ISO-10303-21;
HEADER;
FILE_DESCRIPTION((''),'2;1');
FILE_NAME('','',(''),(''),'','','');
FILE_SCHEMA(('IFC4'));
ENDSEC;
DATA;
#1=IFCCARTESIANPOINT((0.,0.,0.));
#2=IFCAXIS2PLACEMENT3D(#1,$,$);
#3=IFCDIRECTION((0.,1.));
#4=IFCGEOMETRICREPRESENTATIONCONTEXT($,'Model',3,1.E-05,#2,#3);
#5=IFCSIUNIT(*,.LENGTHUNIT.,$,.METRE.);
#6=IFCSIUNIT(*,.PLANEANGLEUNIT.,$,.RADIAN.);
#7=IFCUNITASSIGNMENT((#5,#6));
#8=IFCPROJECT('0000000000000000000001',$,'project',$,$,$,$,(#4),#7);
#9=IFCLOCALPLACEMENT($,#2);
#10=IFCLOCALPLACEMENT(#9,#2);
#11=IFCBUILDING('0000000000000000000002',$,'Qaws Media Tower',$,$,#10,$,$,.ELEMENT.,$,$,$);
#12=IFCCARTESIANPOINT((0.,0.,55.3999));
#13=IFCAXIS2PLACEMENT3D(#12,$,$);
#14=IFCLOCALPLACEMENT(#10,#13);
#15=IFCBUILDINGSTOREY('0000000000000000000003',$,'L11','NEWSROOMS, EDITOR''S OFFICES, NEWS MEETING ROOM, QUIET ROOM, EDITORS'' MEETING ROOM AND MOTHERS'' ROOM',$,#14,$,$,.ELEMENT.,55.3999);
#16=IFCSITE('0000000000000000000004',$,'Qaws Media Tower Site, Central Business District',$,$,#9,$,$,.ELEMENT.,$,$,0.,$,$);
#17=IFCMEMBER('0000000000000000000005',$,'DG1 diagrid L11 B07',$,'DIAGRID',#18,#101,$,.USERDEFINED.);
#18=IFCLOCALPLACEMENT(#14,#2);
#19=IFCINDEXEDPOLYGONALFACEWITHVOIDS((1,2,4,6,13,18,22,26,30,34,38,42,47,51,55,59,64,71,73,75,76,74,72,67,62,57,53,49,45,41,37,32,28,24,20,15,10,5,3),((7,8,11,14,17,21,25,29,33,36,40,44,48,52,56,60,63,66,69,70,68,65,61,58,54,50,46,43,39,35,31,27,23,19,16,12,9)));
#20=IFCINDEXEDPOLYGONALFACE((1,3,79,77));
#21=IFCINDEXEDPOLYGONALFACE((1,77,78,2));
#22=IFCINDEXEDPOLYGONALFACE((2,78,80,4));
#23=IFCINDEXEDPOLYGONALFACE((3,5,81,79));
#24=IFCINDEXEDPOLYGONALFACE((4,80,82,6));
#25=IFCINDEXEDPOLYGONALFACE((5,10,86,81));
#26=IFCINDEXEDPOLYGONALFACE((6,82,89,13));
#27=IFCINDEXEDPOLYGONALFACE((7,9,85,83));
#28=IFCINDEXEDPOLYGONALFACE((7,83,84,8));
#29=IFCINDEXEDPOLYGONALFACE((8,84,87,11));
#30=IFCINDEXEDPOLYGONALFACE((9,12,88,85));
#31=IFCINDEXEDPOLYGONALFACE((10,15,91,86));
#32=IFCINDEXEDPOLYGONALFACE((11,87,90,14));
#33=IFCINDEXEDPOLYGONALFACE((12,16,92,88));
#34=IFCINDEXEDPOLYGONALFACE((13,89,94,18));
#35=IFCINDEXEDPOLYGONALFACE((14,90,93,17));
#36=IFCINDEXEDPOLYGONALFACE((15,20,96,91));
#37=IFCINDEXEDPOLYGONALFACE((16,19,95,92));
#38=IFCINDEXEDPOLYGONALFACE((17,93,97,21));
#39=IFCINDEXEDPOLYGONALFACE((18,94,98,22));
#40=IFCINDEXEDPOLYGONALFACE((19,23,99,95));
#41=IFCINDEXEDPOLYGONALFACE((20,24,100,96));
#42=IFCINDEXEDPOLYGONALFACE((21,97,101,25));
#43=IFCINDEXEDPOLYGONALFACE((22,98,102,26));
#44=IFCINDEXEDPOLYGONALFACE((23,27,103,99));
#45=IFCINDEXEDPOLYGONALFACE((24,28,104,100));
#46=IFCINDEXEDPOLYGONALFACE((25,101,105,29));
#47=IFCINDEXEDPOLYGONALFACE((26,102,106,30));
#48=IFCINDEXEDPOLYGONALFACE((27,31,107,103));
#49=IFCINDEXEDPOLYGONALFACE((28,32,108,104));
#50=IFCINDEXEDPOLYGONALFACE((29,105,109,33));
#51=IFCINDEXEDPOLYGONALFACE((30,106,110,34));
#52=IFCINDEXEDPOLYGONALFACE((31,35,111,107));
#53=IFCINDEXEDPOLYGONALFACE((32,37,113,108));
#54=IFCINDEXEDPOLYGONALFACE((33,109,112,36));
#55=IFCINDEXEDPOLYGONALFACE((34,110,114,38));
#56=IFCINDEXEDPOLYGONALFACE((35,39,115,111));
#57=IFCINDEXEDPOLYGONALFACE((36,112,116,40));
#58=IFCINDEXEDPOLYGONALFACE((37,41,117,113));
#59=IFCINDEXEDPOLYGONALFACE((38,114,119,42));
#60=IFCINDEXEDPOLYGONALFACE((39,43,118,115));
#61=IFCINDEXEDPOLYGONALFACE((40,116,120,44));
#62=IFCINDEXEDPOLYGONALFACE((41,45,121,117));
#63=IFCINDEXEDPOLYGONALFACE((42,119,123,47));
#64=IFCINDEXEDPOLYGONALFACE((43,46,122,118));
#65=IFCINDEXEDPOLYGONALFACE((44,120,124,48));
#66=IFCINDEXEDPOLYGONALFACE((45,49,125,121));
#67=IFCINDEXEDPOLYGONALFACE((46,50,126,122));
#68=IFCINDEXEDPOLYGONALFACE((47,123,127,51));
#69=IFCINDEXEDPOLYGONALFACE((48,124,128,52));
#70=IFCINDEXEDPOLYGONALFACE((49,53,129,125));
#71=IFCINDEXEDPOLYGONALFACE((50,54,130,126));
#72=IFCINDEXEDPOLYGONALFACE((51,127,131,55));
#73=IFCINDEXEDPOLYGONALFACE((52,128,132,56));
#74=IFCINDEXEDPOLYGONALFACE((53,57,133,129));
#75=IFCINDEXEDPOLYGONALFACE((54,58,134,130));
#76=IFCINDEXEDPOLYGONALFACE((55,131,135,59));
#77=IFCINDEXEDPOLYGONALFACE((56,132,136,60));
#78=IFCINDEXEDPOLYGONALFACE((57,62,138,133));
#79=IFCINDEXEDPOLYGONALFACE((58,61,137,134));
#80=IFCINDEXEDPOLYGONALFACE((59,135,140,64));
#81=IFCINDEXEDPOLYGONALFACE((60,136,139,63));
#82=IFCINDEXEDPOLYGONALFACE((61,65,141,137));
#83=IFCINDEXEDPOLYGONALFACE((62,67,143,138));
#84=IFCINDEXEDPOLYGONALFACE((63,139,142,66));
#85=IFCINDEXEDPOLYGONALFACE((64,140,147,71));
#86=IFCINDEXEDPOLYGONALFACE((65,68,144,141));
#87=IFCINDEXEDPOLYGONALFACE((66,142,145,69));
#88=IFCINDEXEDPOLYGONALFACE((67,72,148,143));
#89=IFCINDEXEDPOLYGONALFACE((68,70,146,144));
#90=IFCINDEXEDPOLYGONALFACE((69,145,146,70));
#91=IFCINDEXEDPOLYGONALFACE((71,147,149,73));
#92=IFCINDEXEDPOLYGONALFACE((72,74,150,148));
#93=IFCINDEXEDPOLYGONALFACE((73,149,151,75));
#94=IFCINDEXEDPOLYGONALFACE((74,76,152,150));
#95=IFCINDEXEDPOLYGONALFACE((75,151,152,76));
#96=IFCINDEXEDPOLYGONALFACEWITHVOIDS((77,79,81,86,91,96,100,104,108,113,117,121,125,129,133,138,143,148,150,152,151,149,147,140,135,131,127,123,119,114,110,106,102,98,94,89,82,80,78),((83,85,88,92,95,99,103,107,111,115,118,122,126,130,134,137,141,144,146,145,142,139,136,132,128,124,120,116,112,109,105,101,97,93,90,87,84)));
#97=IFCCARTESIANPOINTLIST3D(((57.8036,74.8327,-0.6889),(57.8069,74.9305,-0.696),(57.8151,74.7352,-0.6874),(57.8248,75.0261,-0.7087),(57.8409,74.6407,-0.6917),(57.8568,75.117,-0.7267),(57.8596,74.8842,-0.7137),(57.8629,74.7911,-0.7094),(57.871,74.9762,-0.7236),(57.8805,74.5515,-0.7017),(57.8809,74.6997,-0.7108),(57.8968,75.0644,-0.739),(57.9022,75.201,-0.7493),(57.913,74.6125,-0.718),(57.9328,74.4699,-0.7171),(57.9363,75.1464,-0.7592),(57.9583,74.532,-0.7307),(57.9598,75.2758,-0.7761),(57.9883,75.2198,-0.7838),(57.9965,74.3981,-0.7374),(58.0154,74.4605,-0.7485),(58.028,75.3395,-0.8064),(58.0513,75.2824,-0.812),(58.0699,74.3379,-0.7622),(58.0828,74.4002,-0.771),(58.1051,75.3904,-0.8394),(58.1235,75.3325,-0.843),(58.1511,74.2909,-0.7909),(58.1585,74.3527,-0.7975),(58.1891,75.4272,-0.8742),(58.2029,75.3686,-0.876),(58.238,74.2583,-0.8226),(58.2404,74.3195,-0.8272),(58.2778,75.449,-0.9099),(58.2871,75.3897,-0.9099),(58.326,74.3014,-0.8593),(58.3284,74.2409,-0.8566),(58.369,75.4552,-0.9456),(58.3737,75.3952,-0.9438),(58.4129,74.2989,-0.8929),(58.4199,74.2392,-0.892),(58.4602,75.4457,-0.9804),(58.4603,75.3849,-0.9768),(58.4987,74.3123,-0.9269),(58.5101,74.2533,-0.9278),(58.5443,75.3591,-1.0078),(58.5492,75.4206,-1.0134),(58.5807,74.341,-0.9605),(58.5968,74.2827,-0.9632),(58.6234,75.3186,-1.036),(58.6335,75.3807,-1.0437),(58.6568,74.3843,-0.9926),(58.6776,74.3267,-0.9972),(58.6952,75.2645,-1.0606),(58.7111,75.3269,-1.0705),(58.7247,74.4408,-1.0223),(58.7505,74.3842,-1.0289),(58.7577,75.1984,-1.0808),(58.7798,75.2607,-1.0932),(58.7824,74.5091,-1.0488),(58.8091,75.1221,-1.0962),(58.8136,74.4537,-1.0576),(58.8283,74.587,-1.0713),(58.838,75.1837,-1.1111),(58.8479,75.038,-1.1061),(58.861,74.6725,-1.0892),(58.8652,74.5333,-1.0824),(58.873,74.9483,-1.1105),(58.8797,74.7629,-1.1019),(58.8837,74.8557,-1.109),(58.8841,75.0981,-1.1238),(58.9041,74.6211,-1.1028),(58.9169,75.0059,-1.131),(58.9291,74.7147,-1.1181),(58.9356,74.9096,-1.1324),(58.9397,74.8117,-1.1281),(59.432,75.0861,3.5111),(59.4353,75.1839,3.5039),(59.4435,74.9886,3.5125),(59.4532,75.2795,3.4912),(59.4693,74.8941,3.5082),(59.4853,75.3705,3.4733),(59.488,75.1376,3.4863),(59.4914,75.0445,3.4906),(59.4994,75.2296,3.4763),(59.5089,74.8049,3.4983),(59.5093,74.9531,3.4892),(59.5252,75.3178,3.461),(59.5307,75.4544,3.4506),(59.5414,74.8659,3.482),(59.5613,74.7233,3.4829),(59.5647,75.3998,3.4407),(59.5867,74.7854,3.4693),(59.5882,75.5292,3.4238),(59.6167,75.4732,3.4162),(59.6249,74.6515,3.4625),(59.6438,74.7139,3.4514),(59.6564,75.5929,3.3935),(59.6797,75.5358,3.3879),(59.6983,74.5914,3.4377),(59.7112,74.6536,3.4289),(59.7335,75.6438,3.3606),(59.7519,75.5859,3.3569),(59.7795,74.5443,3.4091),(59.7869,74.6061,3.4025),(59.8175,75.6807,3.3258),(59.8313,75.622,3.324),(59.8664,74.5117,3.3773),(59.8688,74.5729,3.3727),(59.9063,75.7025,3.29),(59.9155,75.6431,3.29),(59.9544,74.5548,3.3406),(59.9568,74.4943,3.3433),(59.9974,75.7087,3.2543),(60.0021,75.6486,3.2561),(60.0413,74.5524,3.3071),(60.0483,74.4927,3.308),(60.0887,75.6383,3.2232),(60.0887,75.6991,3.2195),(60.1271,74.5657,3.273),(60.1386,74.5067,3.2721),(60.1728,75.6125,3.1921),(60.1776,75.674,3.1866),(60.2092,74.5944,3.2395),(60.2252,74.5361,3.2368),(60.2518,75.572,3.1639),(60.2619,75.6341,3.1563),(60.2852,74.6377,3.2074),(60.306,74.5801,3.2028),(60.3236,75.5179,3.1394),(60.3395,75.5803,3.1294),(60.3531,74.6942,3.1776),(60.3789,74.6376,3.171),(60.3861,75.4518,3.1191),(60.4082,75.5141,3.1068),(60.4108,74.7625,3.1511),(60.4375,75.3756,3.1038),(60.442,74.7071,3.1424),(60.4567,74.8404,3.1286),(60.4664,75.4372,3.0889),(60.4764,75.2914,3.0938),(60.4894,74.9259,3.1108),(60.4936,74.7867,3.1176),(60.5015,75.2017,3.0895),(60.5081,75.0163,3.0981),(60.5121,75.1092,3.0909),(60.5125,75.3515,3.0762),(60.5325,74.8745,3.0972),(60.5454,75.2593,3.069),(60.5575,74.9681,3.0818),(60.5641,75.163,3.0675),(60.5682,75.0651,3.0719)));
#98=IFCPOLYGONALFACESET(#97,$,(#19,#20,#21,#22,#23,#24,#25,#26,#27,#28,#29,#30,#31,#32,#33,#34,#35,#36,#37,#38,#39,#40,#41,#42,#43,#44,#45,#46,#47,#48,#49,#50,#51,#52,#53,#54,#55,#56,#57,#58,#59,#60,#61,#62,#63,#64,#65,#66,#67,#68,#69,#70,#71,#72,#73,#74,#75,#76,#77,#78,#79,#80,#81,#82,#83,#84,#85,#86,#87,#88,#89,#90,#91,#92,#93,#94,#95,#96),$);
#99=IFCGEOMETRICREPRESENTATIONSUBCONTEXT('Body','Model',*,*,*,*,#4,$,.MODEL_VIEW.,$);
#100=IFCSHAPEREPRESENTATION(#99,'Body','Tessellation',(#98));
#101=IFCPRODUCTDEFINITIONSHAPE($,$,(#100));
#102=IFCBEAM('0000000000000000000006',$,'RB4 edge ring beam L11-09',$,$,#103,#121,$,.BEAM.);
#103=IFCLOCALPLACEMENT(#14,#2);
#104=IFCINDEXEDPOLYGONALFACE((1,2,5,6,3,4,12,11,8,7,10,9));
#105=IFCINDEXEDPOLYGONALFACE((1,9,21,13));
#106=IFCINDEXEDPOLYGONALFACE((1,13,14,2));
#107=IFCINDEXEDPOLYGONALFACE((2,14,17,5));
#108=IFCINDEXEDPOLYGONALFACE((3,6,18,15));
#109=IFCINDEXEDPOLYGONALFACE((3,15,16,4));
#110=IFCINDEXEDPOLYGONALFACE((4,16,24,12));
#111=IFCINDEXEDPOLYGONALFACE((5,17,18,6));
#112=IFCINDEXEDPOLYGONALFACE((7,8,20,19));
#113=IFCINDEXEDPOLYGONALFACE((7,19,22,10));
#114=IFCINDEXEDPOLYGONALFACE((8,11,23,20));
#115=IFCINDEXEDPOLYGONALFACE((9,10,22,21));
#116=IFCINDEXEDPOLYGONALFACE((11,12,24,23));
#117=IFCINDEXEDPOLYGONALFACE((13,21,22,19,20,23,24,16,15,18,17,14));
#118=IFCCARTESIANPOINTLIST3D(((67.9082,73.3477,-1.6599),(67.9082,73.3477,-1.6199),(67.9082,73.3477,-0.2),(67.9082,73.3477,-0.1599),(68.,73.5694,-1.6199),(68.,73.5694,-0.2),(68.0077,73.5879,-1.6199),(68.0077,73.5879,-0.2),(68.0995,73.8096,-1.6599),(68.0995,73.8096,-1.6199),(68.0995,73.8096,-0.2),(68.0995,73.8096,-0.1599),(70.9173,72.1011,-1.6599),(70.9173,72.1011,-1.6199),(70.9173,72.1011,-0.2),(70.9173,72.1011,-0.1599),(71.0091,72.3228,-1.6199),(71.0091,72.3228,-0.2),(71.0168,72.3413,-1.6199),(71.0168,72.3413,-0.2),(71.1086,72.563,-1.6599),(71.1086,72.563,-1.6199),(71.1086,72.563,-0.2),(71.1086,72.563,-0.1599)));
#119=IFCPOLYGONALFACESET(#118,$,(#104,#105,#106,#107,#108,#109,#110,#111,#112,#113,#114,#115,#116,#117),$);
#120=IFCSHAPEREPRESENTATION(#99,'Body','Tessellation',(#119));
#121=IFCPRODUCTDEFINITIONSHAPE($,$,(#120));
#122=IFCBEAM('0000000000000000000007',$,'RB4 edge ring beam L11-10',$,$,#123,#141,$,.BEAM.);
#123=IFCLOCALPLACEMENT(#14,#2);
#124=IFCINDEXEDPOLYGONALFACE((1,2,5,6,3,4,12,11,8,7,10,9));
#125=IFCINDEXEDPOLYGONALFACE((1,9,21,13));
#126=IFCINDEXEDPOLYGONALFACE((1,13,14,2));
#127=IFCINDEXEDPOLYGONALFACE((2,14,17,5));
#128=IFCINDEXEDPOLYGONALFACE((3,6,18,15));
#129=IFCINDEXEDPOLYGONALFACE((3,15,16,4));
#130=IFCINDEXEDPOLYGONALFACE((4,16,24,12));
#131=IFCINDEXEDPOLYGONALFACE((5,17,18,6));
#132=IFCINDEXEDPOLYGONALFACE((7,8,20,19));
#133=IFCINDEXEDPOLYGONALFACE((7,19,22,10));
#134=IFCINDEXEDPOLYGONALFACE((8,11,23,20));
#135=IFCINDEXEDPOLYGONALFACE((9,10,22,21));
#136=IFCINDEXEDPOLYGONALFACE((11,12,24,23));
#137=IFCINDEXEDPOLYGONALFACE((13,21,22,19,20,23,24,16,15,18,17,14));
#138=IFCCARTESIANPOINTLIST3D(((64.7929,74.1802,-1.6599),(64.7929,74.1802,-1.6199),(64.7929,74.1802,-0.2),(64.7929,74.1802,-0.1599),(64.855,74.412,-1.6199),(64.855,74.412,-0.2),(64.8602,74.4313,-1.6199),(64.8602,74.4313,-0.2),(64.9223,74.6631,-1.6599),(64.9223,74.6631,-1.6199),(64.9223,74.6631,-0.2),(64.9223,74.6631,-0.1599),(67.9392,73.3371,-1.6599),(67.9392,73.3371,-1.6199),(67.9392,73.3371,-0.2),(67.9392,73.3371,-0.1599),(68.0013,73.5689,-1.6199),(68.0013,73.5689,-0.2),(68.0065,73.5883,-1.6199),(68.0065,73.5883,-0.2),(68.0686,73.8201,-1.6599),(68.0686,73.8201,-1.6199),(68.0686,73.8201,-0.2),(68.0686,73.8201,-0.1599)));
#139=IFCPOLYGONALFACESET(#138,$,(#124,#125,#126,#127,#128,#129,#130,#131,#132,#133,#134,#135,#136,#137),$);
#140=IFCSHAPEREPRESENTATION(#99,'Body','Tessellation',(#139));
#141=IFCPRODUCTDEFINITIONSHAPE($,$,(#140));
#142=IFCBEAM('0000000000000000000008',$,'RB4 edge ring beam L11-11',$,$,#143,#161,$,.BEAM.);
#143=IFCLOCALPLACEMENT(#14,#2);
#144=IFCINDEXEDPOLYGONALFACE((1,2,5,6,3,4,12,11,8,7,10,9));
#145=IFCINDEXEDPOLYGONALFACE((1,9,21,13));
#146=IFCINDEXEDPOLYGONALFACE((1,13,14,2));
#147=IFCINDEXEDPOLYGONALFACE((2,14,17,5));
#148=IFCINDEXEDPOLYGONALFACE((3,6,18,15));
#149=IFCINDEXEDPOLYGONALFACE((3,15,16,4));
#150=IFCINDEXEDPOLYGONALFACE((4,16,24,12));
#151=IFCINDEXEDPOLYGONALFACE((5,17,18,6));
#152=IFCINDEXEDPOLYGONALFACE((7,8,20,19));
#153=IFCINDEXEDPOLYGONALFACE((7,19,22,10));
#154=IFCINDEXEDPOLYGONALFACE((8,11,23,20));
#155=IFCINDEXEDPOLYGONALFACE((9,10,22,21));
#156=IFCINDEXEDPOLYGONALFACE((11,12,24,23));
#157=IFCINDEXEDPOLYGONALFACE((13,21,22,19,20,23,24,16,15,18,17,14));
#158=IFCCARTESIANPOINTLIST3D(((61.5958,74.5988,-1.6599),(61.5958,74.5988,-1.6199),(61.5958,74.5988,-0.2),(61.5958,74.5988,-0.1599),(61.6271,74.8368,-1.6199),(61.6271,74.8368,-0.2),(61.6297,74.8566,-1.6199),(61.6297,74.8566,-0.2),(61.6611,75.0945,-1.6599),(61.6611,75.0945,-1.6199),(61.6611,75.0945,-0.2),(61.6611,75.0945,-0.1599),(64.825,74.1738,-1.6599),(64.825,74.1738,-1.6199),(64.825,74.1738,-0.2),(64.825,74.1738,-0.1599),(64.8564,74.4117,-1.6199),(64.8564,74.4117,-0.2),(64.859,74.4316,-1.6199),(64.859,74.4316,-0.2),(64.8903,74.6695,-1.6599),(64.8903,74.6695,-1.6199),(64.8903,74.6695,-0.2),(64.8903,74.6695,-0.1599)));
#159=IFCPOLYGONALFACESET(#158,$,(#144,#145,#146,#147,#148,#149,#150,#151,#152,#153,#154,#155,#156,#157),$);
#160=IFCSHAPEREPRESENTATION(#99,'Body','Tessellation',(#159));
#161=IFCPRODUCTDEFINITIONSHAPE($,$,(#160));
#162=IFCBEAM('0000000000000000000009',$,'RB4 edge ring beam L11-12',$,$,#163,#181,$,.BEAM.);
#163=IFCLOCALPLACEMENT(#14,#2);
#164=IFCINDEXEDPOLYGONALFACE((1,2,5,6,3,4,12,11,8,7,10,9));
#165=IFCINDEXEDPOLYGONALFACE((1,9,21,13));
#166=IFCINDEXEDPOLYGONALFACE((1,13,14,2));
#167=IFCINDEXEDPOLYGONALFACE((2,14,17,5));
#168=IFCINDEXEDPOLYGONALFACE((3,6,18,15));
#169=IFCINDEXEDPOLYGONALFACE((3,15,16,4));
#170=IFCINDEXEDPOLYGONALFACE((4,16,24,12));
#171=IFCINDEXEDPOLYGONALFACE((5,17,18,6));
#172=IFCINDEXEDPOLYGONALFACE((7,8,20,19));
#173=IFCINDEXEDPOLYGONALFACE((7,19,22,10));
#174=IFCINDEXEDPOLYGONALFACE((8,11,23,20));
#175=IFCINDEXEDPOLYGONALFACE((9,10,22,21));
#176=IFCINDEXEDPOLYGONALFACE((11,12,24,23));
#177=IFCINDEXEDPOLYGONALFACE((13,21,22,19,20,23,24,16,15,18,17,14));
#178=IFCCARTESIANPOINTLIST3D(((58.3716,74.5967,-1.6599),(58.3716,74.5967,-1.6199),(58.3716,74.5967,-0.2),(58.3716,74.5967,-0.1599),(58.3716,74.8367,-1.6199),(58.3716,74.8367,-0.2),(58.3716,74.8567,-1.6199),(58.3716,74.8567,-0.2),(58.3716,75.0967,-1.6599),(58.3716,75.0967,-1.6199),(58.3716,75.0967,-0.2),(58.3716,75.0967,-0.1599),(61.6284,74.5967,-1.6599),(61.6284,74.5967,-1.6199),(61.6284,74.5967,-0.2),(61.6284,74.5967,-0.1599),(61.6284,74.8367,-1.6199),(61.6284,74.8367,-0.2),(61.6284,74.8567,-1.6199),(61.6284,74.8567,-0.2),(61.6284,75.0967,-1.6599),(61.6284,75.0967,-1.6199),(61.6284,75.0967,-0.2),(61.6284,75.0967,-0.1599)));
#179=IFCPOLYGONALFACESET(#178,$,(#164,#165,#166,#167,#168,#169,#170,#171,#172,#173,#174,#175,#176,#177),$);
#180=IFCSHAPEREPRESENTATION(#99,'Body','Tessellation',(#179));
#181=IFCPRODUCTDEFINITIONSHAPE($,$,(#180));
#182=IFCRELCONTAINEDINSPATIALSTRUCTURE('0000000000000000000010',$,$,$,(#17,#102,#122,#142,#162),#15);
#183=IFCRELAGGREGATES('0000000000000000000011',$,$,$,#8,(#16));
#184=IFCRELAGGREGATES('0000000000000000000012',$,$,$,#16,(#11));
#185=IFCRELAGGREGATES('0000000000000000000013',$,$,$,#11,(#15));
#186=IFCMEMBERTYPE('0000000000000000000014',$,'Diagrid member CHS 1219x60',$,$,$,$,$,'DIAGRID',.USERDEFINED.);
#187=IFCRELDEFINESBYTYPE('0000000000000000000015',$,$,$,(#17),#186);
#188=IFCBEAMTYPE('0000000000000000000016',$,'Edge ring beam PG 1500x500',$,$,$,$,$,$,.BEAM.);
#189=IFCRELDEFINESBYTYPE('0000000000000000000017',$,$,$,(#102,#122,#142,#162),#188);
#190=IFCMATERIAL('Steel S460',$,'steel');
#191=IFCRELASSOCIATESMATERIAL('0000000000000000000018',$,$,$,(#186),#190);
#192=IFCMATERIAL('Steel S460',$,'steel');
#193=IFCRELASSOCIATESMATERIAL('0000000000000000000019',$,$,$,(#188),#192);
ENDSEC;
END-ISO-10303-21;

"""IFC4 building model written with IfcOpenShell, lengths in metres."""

from ifc_helpers import new_model, si_unit, direction, frame, origin, origin_2d, place, context, subcontext, project, spatial, hollow_circle, i_section, extrude, material, material_profile, profile_set, type_object, element, save


model = new_model("IFC4")

# Units and contexts
model_context = context("Model", 3, precision=1e-05, world=origin(), true_north=direction((0.0, 1.0)))
body_context = subcontext(model_context, "Body", "Model", "MODEL_VIEW")
ifc_project = project(units=[si_unit("LENGTHUNIT", "METRE"), si_unit("PLANEANGLEUNIT", "RADIAN")], contexts=[model_context])

# Site, building, storey
site_placement = place(None, origin())
site = spatial("IfcSite", under=ifc_project, at=site_placement, Name="Qaws Media Tower Site, Central Business District", CompositionType="ELEMENT", RefElevation=0.0)
building_placement = place(site_placement, origin())
building = spatial("IfcBuilding", under=site, at=building_placement, Name="Qaws Media Tower", CompositionType="ELEMENT")
storey_placement = place(building_placement, frame((0.0, 0.0, 55.3999)))
storey = spatial("IfcBuildingStorey", under=building, at=storey_placement, Name="L11", Description="NEWSROOMS, EDITOR'S OFFICES, NEWS MEETING ROOM, QUIET ROOM, EDITORS' MEETING ROOM AND MOTHERS' ROOM", CompositionType="ELEMENT", Elevation=55.3999)

# Member
ifc_material_1 = material(Name="Steel S460", Category="steel")
ifc_material_profile_1 = material_profile(ifc_material_1, hollow_circle(Radius=0.6096, WallThickness=0.0601, at=origin_2d()), Name="CHS 1219x60")
ifc_profile_set_1 = profile_set([ifc_material_profile_1], Name="Steel S460")
member_type_1 = type_object("IfcMemberType", Name="Diagrid member CHS 1219x60", ElementType="DIAGRID", PredefinedType="USERDEFINED", material=ifc_profile_set_1)
for number, where, z_axis, x_axis, name in (
    (1, (58.3716, 74.8467, -0.9099), (0.360931, 0.056169, 0.930899), (-0.153771, 0.988106, 0.0), "DG1 diagrid L11 B07"),
):
    element("IfcMember", number, at=place(storey_placement, frame(where, z_axis=z_axis, x_axis=x_axis)), inside=storey, type_object=member_type_1, Name=name, ObjectType="DIAGRID", PredefinedType="USERDEFINED", context=body_context, shape_type="SweptSolid", body=[
        extrude(hollow_circle(Radius=0.6096, WallThickness=0.0601, at=origin_2d()), origin(), (0.0, 0.0, 1.0), 4.5117),
    ])

# Beams
ifc_material_2 = material(Name="Steel S460", Category="steel")
ifc_material_profile_2 = material_profile(ifc_material_2, i_section(OverallWidth=0.5, OverallDepth=1.5, WebThickness=0.02, FlangeThickness=0.04, at=origin_2d()), Name="PG 1500x500")
ifc_profile_set_2 = profile_set([ifc_material_profile_2], Name="Steel S460")
beam_type = type_object("IfcBeamType", Name="Edge ring beam PG 1500x500", PredefinedType="BEAM", material=ifc_profile_set_2)
beam_1_placement = place(storey_placement, frame((71.0129, 72.332, -0.9099), z_axis=(-0.923858, 0.382736, 0.0), x_axis=(-0.382736, -0.923858, 0.0)))
element("IfcBeam", 2, at=beam_1_placement, inside=storey, type_object=beam_type, Name="RB4 edge ring beam L11-09", PredefinedType="BEAM", context=body_context, shape_type="SweptSolid", body=[
    extrude(i_section(OverallWidth=0.5, OverallDepth=1.5, WebThickness=0.02, FlangeThickness=0.04, at=origin_2d()), origin(), (0.0, 0.0, 1.0), 3.2571),
])
beam_2_placement = place(storey_placement, frame((68.0039, 73.5786, -0.9099), z_axis=(-0.965927, 0.258815, 0.0), x_axis=(-0.258815, -0.965927, 0.0)))
element("IfcBeam", 3, at=beam_2_placement, inside=storey, type_object=beam_type, Name="RB4 edge ring beam L11-10", PredefinedType="BEAM", context=body_context, shape_type="SweptSolid", body=[
    extrude(i_section(OverallWidth=0.5, OverallDepth=1.5, WebThickness=0.02, FlangeThickness=0.04, at=origin_2d()), origin(), (0.0, 0.0, 1.0), 3.2573),
])
beam_3_placement = place(storey_placement, frame((64.8577, 74.4216, -0.9099), z_axis=(-0.991448, 0.130499, 0.0), x_axis=(-0.130499, -0.991448, 0.0)))
element("IfcBeam", 4, at=beam_3_placement, inside=storey, type_object=beam_type, Name="RB4 edge ring beam L11-11", PredefinedType="BEAM", context=body_context, shape_type="SweptSolid", body=[
    extrude(i_section(OverallWidth=0.5, OverallDepth=1.5, WebThickness=0.02, FlangeThickness=0.04, at=origin_2d()), origin(), (0.0, 0.0, 1.0), 3.2571),
])
beam_4_placement = place(storey_placement, frame((61.6284, 74.8467, -0.9099), z_axis=(-1.0, 0.0, 0.0), x_axis=(0.0, -1.0, 0.0)))
element("IfcBeam", 5, at=beam_4_placement, inside=storey, type_object=beam_type, Name="RB4 edge ring beam L11-12", PredefinedType="BEAM", context=body_context, shape_type="SweptSolid", body=[
    extrude(i_section(OverallWidth=0.5, OverallDepth=1.5, WebThickness=0.02, FlangeThickness=0.04, at=origin_2d()), origin(), (0.0, 0.0, 1.0), 3.2568),
])

save(model, "model.ifc")
